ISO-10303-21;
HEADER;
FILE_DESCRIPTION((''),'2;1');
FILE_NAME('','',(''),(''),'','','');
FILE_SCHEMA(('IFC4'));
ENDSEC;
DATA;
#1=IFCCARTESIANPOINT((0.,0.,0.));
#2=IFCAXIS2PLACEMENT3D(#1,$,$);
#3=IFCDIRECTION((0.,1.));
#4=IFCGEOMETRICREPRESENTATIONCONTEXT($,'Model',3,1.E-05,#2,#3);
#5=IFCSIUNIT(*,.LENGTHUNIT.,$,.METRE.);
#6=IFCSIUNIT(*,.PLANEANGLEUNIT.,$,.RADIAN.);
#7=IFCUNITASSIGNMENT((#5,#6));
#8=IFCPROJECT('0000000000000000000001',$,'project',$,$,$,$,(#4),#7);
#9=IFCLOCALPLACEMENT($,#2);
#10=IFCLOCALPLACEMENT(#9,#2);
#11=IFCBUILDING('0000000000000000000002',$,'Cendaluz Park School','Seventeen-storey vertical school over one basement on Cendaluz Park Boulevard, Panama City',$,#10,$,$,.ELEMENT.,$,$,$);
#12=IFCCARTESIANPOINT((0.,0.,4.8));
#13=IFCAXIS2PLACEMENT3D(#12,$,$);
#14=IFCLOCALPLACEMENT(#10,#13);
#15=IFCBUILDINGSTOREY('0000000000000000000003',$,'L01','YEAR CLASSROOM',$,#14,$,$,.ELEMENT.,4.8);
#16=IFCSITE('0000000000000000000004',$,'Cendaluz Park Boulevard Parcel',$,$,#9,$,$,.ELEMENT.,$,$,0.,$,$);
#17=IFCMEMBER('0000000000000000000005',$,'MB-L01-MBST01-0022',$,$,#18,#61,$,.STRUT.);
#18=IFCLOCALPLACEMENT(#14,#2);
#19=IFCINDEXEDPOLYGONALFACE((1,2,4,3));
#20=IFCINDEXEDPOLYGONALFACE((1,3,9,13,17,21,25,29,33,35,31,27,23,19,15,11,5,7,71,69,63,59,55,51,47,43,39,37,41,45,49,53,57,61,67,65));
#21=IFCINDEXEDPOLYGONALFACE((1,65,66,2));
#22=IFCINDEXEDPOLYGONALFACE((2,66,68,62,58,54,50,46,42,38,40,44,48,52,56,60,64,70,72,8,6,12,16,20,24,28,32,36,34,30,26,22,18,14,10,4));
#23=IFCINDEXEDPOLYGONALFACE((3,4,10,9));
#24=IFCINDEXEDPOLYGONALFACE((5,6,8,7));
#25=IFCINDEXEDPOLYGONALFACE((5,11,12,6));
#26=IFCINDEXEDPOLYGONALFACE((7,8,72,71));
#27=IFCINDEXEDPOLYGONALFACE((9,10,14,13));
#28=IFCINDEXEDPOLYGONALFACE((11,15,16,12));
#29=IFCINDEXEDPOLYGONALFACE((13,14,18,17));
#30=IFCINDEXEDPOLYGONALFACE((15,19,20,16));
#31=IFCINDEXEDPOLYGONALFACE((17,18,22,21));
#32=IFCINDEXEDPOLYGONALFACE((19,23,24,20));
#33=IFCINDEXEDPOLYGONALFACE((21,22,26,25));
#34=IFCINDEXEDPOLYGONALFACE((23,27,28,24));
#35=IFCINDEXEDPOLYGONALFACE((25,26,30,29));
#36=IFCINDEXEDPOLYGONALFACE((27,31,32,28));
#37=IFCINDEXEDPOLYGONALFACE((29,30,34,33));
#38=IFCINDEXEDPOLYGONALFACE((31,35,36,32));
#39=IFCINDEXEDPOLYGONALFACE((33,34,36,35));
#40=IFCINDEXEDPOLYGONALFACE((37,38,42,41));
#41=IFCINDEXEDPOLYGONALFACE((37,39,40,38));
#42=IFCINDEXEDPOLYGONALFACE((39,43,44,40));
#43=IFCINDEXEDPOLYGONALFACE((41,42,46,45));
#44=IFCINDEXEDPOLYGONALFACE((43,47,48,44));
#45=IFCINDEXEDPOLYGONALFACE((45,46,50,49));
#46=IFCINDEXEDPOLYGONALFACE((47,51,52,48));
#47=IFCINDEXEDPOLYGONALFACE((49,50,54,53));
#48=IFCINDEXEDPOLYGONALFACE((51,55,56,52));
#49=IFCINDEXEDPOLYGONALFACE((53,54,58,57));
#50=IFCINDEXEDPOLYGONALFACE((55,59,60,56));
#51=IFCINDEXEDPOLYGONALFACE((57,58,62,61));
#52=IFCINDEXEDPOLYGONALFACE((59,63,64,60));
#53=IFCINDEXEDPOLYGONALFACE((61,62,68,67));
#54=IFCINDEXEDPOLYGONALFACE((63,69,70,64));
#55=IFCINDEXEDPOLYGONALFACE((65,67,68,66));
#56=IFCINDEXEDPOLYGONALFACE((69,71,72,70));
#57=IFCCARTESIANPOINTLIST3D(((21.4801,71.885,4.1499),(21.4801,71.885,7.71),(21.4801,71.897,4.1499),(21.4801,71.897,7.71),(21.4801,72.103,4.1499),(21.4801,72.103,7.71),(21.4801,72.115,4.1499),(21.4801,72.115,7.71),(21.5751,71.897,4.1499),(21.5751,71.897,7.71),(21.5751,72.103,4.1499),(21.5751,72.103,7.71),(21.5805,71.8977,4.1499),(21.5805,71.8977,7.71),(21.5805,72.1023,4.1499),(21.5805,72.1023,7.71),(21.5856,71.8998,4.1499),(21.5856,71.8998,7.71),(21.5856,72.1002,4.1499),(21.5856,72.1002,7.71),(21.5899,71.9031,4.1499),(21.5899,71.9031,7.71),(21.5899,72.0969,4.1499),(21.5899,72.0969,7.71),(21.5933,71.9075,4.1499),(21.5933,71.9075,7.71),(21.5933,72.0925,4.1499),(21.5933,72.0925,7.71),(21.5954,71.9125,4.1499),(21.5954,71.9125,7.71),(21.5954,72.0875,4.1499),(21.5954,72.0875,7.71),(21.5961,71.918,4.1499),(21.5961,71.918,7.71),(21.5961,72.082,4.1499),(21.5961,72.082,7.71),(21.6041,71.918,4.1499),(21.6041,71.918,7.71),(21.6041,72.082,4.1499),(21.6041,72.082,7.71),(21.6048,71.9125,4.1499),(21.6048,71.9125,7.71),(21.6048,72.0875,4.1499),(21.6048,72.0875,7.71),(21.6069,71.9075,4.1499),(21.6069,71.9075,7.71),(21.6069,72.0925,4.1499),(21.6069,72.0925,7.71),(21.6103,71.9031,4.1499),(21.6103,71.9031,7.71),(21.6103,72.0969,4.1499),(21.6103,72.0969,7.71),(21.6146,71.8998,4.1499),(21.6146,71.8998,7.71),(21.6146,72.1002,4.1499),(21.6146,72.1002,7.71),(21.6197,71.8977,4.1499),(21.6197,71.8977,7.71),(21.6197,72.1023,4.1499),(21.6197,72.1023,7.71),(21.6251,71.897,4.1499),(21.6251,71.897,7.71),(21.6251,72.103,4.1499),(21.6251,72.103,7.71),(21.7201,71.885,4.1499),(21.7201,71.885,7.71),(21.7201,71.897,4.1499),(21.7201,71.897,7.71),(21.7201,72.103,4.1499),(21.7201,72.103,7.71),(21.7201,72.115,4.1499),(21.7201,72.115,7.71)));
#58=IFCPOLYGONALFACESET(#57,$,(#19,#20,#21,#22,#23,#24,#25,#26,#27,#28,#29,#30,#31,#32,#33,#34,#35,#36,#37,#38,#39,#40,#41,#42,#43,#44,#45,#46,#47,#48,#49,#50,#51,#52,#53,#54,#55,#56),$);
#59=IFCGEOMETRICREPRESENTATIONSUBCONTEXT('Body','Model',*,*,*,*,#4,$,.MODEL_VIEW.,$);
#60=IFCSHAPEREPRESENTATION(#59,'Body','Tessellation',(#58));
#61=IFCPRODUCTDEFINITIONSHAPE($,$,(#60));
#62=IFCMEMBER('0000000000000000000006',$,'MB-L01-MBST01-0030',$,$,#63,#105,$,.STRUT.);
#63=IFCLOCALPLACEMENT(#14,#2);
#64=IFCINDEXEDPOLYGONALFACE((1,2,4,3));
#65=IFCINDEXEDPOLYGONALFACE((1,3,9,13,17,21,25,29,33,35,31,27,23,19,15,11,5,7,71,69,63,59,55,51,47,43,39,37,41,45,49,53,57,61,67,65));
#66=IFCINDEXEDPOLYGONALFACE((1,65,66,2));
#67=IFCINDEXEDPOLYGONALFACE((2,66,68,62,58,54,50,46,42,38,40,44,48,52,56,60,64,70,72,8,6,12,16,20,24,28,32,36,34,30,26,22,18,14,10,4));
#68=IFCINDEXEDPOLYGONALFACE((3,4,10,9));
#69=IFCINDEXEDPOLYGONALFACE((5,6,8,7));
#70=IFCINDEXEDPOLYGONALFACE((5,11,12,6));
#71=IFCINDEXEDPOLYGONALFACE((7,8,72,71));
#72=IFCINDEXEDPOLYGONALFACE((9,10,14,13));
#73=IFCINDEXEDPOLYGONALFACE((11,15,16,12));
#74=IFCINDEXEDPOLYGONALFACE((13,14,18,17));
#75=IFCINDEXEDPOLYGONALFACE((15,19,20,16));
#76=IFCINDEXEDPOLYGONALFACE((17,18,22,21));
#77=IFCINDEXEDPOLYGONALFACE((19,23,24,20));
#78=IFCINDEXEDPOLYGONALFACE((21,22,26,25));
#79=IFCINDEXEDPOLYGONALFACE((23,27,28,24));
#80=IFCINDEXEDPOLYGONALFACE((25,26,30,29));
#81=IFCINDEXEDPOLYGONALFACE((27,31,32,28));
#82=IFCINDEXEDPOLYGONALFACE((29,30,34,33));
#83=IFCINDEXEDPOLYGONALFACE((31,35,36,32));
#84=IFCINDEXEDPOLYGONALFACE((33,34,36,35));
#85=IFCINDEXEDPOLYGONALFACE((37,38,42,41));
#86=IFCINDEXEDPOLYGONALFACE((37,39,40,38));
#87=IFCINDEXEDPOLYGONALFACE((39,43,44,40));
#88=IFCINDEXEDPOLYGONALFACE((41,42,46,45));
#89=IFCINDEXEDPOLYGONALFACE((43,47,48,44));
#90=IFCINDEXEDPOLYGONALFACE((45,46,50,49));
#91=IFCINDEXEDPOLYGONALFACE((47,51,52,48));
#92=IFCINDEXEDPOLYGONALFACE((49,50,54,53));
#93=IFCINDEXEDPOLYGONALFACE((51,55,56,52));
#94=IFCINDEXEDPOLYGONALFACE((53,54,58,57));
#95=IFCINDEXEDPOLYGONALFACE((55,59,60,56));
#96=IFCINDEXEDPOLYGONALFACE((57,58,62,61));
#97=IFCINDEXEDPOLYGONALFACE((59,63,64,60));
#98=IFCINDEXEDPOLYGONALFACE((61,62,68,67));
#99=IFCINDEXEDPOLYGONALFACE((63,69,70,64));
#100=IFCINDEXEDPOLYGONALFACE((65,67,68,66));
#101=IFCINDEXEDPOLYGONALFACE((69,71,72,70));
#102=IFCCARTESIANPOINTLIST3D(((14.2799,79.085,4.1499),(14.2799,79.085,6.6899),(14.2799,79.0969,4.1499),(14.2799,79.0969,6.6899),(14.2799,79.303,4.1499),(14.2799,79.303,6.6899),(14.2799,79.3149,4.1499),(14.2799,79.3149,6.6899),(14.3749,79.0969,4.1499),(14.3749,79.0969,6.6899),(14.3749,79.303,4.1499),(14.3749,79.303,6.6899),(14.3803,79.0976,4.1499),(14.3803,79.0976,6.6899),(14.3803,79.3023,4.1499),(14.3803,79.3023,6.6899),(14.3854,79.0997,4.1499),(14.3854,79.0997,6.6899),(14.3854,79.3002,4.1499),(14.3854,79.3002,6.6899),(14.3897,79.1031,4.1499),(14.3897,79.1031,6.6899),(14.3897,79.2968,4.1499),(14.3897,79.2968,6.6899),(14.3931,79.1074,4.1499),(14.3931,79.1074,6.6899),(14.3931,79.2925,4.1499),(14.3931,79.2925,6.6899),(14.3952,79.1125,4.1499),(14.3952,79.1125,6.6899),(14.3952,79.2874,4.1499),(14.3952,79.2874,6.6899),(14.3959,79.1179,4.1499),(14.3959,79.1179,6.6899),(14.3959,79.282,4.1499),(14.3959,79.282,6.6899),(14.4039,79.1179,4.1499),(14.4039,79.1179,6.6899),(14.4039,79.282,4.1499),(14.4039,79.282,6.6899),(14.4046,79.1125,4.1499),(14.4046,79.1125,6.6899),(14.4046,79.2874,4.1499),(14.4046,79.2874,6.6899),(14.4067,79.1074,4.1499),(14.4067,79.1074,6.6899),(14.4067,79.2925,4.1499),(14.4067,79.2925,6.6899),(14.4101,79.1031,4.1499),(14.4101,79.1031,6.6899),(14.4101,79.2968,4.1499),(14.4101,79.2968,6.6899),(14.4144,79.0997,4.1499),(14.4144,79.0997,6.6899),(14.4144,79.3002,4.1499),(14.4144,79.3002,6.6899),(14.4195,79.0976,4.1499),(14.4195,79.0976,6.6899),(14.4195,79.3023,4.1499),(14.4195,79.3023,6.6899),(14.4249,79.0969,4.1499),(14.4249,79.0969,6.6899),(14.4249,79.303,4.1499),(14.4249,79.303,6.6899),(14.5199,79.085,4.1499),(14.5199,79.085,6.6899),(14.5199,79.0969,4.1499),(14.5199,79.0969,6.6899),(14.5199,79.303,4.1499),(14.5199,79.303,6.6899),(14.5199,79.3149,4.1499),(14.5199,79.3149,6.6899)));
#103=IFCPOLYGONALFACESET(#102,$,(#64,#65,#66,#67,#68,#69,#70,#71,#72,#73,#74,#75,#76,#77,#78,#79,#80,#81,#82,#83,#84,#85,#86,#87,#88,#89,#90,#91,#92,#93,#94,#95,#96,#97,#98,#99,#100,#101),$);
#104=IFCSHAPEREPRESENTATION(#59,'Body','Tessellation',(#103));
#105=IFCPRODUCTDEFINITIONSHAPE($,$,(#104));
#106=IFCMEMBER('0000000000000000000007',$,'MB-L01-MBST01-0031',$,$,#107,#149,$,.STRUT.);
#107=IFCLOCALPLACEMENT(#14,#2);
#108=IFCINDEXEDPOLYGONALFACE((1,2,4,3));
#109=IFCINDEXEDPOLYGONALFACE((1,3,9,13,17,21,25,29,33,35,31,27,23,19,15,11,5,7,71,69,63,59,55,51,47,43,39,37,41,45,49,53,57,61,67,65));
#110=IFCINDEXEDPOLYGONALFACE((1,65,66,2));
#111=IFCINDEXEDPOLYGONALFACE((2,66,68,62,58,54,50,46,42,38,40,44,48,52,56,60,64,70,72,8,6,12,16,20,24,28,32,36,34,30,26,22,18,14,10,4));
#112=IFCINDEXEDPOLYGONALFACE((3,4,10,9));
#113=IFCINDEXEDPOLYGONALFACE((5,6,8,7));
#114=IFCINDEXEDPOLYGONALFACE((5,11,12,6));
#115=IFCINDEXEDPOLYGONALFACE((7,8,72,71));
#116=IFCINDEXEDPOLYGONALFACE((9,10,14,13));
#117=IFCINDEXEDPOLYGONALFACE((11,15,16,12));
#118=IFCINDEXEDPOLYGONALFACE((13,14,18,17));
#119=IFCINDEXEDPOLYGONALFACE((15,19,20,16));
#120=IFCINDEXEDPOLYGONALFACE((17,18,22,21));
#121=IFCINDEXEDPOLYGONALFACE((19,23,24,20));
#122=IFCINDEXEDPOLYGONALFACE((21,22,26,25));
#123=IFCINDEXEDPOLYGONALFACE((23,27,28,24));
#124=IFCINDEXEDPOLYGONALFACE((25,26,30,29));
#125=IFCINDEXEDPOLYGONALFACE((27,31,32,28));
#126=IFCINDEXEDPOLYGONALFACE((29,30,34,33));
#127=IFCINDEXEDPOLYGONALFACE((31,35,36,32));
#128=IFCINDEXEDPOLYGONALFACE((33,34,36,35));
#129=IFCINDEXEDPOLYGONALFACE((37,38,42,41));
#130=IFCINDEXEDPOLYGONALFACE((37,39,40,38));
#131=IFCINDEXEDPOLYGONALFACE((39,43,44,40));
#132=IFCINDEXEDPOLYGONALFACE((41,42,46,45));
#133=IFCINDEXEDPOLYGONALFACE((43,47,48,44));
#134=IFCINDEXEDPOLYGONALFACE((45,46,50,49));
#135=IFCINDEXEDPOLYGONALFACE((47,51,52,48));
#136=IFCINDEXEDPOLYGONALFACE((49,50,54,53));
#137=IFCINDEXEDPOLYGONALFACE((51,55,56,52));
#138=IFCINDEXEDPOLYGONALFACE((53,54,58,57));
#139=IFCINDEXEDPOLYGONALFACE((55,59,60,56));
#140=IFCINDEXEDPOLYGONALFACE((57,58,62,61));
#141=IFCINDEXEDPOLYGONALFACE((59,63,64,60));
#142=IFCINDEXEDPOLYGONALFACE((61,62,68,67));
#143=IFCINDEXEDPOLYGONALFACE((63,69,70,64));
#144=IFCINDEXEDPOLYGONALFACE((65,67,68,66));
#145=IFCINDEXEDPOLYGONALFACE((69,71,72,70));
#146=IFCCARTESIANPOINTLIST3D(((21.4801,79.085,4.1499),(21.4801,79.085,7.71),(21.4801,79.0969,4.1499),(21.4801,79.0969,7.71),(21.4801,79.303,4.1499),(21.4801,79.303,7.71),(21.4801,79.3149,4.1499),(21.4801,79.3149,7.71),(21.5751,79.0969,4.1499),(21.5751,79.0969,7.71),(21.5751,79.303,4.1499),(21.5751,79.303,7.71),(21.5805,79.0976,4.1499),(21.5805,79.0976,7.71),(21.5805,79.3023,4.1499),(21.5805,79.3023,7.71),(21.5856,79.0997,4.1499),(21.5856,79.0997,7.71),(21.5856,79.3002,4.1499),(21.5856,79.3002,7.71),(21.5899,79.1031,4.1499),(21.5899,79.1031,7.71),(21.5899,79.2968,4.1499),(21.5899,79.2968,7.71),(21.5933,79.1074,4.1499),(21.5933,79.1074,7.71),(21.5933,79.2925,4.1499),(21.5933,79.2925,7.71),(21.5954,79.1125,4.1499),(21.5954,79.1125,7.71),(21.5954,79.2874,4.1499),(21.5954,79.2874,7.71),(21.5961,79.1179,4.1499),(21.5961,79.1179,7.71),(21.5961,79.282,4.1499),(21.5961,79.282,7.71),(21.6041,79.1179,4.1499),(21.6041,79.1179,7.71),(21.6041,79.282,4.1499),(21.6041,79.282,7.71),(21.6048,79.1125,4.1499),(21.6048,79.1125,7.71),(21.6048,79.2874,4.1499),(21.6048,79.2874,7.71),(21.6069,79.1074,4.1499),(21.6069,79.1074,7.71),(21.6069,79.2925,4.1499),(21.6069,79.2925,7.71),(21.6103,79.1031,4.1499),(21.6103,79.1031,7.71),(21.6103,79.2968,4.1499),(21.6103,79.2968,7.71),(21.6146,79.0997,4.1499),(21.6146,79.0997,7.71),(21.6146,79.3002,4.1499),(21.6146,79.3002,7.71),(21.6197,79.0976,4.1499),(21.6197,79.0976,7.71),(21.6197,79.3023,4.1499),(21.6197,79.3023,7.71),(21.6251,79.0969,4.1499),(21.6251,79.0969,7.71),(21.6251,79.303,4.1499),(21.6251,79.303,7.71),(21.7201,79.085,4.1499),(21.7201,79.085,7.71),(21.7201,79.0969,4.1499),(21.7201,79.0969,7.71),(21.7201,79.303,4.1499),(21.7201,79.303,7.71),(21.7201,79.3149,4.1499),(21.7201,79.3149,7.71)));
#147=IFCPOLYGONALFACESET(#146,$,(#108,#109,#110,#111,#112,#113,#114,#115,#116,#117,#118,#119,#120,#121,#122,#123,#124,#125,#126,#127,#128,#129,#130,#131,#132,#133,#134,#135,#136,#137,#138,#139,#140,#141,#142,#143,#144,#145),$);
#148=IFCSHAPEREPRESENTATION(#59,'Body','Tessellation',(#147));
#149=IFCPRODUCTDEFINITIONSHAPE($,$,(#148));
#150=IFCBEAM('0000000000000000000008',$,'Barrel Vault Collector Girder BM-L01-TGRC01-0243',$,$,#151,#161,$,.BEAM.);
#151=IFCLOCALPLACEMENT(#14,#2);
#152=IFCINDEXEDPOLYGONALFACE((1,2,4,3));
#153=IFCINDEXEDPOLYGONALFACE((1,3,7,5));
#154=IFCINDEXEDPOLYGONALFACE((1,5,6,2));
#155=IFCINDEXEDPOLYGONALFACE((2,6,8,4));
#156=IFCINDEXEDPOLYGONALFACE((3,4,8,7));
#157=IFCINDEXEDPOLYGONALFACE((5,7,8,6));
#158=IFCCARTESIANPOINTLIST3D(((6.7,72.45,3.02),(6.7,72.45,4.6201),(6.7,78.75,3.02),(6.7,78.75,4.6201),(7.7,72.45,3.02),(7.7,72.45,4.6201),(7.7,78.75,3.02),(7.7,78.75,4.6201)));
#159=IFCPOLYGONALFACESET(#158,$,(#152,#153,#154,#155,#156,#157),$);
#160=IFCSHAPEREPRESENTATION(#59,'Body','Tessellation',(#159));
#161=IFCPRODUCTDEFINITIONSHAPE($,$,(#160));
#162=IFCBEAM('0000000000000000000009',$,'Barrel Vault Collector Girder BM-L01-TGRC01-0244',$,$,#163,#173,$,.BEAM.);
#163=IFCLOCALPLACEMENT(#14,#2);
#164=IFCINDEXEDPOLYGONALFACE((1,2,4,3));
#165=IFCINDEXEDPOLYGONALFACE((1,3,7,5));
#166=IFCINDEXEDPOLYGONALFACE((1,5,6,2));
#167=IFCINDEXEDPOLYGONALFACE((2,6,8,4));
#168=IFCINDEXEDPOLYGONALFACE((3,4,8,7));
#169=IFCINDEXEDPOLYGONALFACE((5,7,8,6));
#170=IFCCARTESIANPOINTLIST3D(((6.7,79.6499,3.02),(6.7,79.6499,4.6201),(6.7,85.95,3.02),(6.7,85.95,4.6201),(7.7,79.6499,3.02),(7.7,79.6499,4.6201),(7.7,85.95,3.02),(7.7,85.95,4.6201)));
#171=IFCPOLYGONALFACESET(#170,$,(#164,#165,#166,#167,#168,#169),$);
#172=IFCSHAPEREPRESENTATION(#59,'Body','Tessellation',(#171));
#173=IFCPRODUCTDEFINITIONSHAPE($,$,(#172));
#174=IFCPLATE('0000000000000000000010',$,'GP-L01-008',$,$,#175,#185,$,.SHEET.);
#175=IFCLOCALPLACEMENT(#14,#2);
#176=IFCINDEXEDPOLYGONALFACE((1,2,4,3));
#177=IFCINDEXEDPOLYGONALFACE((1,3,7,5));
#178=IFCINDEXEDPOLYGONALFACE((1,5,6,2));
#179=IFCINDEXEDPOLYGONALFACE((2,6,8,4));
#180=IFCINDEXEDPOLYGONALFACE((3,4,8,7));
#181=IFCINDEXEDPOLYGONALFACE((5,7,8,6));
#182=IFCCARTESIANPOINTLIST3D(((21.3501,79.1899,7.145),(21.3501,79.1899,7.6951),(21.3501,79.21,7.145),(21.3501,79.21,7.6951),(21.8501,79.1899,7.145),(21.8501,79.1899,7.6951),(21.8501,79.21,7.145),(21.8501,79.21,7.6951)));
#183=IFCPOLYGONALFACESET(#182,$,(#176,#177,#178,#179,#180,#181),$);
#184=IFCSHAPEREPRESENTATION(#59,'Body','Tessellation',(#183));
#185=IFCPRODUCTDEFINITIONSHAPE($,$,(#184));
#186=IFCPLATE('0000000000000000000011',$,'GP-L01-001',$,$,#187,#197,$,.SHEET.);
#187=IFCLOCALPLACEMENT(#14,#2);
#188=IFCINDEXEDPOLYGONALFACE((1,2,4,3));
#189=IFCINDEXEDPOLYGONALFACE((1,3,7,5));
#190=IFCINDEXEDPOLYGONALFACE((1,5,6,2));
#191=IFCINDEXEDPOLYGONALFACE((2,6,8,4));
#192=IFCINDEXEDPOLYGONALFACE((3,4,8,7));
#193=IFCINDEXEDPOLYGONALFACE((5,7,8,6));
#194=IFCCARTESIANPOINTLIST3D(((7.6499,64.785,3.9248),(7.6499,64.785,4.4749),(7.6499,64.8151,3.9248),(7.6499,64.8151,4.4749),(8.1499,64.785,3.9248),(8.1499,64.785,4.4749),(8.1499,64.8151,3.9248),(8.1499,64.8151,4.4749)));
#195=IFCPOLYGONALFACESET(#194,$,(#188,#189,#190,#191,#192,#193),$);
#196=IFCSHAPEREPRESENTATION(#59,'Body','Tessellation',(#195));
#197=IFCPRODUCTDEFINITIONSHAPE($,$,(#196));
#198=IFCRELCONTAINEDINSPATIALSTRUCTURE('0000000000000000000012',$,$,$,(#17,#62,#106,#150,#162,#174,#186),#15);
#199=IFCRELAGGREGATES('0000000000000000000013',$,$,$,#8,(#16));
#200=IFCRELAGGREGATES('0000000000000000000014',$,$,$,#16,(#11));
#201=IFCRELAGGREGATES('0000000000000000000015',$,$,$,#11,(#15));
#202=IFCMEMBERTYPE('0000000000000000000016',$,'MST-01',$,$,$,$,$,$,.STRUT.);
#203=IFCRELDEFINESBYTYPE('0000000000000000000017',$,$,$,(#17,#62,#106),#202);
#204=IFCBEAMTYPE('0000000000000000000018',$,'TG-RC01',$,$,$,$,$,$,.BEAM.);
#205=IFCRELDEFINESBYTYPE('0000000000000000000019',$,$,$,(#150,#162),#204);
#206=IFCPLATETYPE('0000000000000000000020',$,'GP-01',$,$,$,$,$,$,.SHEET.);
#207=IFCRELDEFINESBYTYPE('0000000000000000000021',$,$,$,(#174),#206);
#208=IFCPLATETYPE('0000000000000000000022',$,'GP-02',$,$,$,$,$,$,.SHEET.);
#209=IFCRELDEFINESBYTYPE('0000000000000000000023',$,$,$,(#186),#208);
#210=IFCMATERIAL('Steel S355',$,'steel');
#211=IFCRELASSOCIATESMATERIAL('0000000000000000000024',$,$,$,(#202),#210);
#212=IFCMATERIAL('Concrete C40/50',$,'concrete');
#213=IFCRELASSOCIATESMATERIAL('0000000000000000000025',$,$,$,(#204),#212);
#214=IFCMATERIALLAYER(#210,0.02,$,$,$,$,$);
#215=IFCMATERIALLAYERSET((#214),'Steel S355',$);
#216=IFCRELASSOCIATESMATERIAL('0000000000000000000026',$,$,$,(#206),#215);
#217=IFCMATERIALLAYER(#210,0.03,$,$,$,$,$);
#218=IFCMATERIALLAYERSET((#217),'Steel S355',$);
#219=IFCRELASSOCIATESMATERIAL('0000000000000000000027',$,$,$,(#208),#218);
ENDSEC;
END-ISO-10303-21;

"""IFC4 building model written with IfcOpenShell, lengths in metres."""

from ifc_helpers import new_model, si_unit, direction, frame, origin, origin_2d, place, context, subcontext, project, spatial, rectangle, i_section, extrude, material, layer, layer_set, material_profile, profile_set, type_object, element, save


model = new_model("IFC4")

# Units and contexts
model_context = context("Model", 3, precision=1e-05, world=origin(), true_north=direction((0.0, 1.0)))
body_context = subcontext(model_context, "Body", "Model", "MODEL_VIEW")
ifc_project = project(units=[si_unit("LENGTHUNIT", "METRE"), si_unit("PLANEANGLEUNIT", "RADIAN")], contexts=[model_context])

# Site, building, storey
site_placement = place(None, origin())
site = spatial("IfcSite", under=ifc_project, at=site_placement, Name="Cendaluz Park Boulevard Parcel", CompositionType="ELEMENT", RefElevation=0.0)
building_placement = place(site_placement, origin())
building = spatial("IfcBuilding", under=site, at=building_placement, Name="Cendaluz Park School", Description="Seventeen-storey vertical school over one basement on Cendaluz Park Boulevard, Panama City", CompositionType="ELEMENT")
storey_placement = place(building_placement, frame((0.0, 0.0, 4.8)))
storey = spatial("IfcBuildingStorey", under=building, at=storey_placement, Name="L01", Description="YEAR CLASSROOM", CompositionType="ELEMENT", Elevation=4.8)

# Shared definitions
ifc_material_1 = material(Name="Concrete C40/50", Category="concrete")

# Shared definitions
ifc_material_2 = material(Name="Steel S355", Category="steel")

# Members
ifc_material_profile_1 = material_profile(ifc_material_2, i_section(OverallWidth=0.24, OverallDepth=0.23, WebThickness=0.0081, FlangeThickness=0.012, FilletRadius=0.021, at=origin_2d()), Name="HEA 240", Category="steel")
ifc_profile_set_1 = profile_set([ifc_material_profile_1], Name="Steel S355")
member_type_1 = type_object("IfcMemberType", Name="MST-01", PredefinedType="STRUT", material=ifc_profile_set_1)
member_1_placement = place(storey_placement, frame((21.6001, 72.0, 4.1499), z_axis=(0.0, 0.0, 1.0), x_axis=(1.0, 0.0, 0.0)))
element("IfcMember", 1, at=member_1_placement, inside=storey, type_object=member_type_1, Name="MB-L01-MBST01-0022", PredefinedType="STRUT", context=body_context, shape_type="SweptSolid", body=[
    extrude(i_section(OverallWidth=0.24, OverallDepth=0.23, WebThickness=0.0081, FlangeThickness=0.012, FilletRadius=0.021, at=origin_2d()), origin(), (0.0, 0.0, 1.0), 3.5601),
])
member_2_placement = place(storey_placement, frame((14.3999, 79.2, 4.1499), z_axis=(0.0, 0.0, 1.0), x_axis=(1.0, 0.0, 0.0)))
element("IfcMember", 2, at=member_2_placement, inside=storey, type_object=member_type_1, Name="MB-L01-MBST01-0030", PredefinedType="STRUT", context=body_context, shape_type="SweptSolid", body=[
    extrude(i_section(OverallWidth=0.24, OverallDepth=0.23, WebThickness=0.0081, FlangeThickness=0.012, FilletRadius=0.021, at=origin_2d()), origin(), (0.0, 0.0, 1.0), 2.54),
])
member_3_placement = place(storey_placement, frame((21.6001, 79.2, 4.1499), z_axis=(0.0, 0.0, 1.0), x_axis=(1.0, 0.0, 0.0)))
element("IfcMember", 3, at=member_3_placement, inside=storey, type_object=member_type_1, Name="MB-L01-MBST01-0031", PredefinedType="STRUT", context=body_context, shape_type="SweptSolid", body=[
    extrude(i_section(OverallWidth=0.24, OverallDepth=0.23, WebThickness=0.0081, FlangeThickness=0.012, FilletRadius=0.021, at=origin_2d()), origin(), (0.0, 0.0, 1.0), 3.5601),
])

# Beams
ifc_material_profile_2 = material_profile(ifc_material_1, rectangle(XDim=1.0, YDim=1.6001, at=origin_2d()), Name="RC 1000x1600", Category="concrete")
ifc_profile_set_2 = profile_set([ifc_material_profile_2], Name="Concrete C40/50")
beam_type_1 = type_object("IfcBeamType", Name="TG-RC01", PredefinedType="BEAM", material=ifc_profile_set_2)
for number, where, z_axis, x_axis, name in (
    (4, (7.2, 72.45, 3.8201), (0.0, 1.0, 0.0), (-1.0, 0.0, 0.0), "Barrel Vault Collector Girder BM-L01-TGRC01-0243"),
    (5, (7.2, 79.6499, 3.8201), (0.0, 1.0, 0.0), (-1.0, 0.0, 0.0), "Barrel Vault Collector Girder BM-L01-TGRC01-0244"),
):
    element("IfcBeam", number, at=place(storey_placement, frame(where, z_axis=z_axis, x_axis=x_axis)), inside=storey, type_object=beam_type_1, Name=name, PredefinedType="BEAM", context=body_context, shape_type="SweptSolid", body=[
        extrude(rectangle(XDim=1.0, YDim=1.6001, at=origin_2d()), origin(), (0.0, 0.0, 1.0), 6.3),
    ])

# Plates
ifc_layer_1 = layer(ifc_material_2, 0.02)
ifc_layer_set_1 = layer_set([ifc_layer_1], Name="Steel S355")
plate_type_1 = type_object("IfcPlateType", Name="GP-01", PredefinedType="SHEET", material=ifc_layer_set_1)
plate_1_placement = place(storey_placement, frame((21.6001, 79.2, 7.145), z_axis=(0.0, 0.0, 1.0), x_axis=(1.0, 0.0, 0.0)))
element("IfcPlate", 6, at=plate_1_placement, inside=storey, type_object=plate_type_1, Name="GP-L01-008", PredefinedType="SHEET", context=body_context, shape_type="SweptSolid", body=[
    extrude(rectangle(XDim=0.5, YDim=0.02, at=origin_2d()), origin(), (0.0, 0.0, 1.0), 0.55),
])
ifc_layer_2 = layer(ifc_material_2, 0.03)
ifc_layer_set_2 = layer_set([ifc_layer_2], Name="Steel S355")
plate_type_2 = type_object("IfcPlateType", Name="GP-02", PredefinedType="SHEET", material=ifc_layer_set_2)
plate_2_placement = place(storey_placement, frame((7.8999, 64.8, 3.9248), z_axis=(0.0, 0.0, 1.0), x_axis=(1.0, 0.0, 0.0)))
element("IfcPlate", 7, at=plate_2_placement, inside=storey, type_object=plate_type_2, Name="GP-L01-001", PredefinedType="SHEET", context=body_context, shape_type="SweptSolid", body=[
    extrude(rectangle(XDim=0.5, YDim=0.03, at=origin_2d()), origin(), (0.0, 0.0, 1.0), 0.55),
])

save(model, "model.ifc")
